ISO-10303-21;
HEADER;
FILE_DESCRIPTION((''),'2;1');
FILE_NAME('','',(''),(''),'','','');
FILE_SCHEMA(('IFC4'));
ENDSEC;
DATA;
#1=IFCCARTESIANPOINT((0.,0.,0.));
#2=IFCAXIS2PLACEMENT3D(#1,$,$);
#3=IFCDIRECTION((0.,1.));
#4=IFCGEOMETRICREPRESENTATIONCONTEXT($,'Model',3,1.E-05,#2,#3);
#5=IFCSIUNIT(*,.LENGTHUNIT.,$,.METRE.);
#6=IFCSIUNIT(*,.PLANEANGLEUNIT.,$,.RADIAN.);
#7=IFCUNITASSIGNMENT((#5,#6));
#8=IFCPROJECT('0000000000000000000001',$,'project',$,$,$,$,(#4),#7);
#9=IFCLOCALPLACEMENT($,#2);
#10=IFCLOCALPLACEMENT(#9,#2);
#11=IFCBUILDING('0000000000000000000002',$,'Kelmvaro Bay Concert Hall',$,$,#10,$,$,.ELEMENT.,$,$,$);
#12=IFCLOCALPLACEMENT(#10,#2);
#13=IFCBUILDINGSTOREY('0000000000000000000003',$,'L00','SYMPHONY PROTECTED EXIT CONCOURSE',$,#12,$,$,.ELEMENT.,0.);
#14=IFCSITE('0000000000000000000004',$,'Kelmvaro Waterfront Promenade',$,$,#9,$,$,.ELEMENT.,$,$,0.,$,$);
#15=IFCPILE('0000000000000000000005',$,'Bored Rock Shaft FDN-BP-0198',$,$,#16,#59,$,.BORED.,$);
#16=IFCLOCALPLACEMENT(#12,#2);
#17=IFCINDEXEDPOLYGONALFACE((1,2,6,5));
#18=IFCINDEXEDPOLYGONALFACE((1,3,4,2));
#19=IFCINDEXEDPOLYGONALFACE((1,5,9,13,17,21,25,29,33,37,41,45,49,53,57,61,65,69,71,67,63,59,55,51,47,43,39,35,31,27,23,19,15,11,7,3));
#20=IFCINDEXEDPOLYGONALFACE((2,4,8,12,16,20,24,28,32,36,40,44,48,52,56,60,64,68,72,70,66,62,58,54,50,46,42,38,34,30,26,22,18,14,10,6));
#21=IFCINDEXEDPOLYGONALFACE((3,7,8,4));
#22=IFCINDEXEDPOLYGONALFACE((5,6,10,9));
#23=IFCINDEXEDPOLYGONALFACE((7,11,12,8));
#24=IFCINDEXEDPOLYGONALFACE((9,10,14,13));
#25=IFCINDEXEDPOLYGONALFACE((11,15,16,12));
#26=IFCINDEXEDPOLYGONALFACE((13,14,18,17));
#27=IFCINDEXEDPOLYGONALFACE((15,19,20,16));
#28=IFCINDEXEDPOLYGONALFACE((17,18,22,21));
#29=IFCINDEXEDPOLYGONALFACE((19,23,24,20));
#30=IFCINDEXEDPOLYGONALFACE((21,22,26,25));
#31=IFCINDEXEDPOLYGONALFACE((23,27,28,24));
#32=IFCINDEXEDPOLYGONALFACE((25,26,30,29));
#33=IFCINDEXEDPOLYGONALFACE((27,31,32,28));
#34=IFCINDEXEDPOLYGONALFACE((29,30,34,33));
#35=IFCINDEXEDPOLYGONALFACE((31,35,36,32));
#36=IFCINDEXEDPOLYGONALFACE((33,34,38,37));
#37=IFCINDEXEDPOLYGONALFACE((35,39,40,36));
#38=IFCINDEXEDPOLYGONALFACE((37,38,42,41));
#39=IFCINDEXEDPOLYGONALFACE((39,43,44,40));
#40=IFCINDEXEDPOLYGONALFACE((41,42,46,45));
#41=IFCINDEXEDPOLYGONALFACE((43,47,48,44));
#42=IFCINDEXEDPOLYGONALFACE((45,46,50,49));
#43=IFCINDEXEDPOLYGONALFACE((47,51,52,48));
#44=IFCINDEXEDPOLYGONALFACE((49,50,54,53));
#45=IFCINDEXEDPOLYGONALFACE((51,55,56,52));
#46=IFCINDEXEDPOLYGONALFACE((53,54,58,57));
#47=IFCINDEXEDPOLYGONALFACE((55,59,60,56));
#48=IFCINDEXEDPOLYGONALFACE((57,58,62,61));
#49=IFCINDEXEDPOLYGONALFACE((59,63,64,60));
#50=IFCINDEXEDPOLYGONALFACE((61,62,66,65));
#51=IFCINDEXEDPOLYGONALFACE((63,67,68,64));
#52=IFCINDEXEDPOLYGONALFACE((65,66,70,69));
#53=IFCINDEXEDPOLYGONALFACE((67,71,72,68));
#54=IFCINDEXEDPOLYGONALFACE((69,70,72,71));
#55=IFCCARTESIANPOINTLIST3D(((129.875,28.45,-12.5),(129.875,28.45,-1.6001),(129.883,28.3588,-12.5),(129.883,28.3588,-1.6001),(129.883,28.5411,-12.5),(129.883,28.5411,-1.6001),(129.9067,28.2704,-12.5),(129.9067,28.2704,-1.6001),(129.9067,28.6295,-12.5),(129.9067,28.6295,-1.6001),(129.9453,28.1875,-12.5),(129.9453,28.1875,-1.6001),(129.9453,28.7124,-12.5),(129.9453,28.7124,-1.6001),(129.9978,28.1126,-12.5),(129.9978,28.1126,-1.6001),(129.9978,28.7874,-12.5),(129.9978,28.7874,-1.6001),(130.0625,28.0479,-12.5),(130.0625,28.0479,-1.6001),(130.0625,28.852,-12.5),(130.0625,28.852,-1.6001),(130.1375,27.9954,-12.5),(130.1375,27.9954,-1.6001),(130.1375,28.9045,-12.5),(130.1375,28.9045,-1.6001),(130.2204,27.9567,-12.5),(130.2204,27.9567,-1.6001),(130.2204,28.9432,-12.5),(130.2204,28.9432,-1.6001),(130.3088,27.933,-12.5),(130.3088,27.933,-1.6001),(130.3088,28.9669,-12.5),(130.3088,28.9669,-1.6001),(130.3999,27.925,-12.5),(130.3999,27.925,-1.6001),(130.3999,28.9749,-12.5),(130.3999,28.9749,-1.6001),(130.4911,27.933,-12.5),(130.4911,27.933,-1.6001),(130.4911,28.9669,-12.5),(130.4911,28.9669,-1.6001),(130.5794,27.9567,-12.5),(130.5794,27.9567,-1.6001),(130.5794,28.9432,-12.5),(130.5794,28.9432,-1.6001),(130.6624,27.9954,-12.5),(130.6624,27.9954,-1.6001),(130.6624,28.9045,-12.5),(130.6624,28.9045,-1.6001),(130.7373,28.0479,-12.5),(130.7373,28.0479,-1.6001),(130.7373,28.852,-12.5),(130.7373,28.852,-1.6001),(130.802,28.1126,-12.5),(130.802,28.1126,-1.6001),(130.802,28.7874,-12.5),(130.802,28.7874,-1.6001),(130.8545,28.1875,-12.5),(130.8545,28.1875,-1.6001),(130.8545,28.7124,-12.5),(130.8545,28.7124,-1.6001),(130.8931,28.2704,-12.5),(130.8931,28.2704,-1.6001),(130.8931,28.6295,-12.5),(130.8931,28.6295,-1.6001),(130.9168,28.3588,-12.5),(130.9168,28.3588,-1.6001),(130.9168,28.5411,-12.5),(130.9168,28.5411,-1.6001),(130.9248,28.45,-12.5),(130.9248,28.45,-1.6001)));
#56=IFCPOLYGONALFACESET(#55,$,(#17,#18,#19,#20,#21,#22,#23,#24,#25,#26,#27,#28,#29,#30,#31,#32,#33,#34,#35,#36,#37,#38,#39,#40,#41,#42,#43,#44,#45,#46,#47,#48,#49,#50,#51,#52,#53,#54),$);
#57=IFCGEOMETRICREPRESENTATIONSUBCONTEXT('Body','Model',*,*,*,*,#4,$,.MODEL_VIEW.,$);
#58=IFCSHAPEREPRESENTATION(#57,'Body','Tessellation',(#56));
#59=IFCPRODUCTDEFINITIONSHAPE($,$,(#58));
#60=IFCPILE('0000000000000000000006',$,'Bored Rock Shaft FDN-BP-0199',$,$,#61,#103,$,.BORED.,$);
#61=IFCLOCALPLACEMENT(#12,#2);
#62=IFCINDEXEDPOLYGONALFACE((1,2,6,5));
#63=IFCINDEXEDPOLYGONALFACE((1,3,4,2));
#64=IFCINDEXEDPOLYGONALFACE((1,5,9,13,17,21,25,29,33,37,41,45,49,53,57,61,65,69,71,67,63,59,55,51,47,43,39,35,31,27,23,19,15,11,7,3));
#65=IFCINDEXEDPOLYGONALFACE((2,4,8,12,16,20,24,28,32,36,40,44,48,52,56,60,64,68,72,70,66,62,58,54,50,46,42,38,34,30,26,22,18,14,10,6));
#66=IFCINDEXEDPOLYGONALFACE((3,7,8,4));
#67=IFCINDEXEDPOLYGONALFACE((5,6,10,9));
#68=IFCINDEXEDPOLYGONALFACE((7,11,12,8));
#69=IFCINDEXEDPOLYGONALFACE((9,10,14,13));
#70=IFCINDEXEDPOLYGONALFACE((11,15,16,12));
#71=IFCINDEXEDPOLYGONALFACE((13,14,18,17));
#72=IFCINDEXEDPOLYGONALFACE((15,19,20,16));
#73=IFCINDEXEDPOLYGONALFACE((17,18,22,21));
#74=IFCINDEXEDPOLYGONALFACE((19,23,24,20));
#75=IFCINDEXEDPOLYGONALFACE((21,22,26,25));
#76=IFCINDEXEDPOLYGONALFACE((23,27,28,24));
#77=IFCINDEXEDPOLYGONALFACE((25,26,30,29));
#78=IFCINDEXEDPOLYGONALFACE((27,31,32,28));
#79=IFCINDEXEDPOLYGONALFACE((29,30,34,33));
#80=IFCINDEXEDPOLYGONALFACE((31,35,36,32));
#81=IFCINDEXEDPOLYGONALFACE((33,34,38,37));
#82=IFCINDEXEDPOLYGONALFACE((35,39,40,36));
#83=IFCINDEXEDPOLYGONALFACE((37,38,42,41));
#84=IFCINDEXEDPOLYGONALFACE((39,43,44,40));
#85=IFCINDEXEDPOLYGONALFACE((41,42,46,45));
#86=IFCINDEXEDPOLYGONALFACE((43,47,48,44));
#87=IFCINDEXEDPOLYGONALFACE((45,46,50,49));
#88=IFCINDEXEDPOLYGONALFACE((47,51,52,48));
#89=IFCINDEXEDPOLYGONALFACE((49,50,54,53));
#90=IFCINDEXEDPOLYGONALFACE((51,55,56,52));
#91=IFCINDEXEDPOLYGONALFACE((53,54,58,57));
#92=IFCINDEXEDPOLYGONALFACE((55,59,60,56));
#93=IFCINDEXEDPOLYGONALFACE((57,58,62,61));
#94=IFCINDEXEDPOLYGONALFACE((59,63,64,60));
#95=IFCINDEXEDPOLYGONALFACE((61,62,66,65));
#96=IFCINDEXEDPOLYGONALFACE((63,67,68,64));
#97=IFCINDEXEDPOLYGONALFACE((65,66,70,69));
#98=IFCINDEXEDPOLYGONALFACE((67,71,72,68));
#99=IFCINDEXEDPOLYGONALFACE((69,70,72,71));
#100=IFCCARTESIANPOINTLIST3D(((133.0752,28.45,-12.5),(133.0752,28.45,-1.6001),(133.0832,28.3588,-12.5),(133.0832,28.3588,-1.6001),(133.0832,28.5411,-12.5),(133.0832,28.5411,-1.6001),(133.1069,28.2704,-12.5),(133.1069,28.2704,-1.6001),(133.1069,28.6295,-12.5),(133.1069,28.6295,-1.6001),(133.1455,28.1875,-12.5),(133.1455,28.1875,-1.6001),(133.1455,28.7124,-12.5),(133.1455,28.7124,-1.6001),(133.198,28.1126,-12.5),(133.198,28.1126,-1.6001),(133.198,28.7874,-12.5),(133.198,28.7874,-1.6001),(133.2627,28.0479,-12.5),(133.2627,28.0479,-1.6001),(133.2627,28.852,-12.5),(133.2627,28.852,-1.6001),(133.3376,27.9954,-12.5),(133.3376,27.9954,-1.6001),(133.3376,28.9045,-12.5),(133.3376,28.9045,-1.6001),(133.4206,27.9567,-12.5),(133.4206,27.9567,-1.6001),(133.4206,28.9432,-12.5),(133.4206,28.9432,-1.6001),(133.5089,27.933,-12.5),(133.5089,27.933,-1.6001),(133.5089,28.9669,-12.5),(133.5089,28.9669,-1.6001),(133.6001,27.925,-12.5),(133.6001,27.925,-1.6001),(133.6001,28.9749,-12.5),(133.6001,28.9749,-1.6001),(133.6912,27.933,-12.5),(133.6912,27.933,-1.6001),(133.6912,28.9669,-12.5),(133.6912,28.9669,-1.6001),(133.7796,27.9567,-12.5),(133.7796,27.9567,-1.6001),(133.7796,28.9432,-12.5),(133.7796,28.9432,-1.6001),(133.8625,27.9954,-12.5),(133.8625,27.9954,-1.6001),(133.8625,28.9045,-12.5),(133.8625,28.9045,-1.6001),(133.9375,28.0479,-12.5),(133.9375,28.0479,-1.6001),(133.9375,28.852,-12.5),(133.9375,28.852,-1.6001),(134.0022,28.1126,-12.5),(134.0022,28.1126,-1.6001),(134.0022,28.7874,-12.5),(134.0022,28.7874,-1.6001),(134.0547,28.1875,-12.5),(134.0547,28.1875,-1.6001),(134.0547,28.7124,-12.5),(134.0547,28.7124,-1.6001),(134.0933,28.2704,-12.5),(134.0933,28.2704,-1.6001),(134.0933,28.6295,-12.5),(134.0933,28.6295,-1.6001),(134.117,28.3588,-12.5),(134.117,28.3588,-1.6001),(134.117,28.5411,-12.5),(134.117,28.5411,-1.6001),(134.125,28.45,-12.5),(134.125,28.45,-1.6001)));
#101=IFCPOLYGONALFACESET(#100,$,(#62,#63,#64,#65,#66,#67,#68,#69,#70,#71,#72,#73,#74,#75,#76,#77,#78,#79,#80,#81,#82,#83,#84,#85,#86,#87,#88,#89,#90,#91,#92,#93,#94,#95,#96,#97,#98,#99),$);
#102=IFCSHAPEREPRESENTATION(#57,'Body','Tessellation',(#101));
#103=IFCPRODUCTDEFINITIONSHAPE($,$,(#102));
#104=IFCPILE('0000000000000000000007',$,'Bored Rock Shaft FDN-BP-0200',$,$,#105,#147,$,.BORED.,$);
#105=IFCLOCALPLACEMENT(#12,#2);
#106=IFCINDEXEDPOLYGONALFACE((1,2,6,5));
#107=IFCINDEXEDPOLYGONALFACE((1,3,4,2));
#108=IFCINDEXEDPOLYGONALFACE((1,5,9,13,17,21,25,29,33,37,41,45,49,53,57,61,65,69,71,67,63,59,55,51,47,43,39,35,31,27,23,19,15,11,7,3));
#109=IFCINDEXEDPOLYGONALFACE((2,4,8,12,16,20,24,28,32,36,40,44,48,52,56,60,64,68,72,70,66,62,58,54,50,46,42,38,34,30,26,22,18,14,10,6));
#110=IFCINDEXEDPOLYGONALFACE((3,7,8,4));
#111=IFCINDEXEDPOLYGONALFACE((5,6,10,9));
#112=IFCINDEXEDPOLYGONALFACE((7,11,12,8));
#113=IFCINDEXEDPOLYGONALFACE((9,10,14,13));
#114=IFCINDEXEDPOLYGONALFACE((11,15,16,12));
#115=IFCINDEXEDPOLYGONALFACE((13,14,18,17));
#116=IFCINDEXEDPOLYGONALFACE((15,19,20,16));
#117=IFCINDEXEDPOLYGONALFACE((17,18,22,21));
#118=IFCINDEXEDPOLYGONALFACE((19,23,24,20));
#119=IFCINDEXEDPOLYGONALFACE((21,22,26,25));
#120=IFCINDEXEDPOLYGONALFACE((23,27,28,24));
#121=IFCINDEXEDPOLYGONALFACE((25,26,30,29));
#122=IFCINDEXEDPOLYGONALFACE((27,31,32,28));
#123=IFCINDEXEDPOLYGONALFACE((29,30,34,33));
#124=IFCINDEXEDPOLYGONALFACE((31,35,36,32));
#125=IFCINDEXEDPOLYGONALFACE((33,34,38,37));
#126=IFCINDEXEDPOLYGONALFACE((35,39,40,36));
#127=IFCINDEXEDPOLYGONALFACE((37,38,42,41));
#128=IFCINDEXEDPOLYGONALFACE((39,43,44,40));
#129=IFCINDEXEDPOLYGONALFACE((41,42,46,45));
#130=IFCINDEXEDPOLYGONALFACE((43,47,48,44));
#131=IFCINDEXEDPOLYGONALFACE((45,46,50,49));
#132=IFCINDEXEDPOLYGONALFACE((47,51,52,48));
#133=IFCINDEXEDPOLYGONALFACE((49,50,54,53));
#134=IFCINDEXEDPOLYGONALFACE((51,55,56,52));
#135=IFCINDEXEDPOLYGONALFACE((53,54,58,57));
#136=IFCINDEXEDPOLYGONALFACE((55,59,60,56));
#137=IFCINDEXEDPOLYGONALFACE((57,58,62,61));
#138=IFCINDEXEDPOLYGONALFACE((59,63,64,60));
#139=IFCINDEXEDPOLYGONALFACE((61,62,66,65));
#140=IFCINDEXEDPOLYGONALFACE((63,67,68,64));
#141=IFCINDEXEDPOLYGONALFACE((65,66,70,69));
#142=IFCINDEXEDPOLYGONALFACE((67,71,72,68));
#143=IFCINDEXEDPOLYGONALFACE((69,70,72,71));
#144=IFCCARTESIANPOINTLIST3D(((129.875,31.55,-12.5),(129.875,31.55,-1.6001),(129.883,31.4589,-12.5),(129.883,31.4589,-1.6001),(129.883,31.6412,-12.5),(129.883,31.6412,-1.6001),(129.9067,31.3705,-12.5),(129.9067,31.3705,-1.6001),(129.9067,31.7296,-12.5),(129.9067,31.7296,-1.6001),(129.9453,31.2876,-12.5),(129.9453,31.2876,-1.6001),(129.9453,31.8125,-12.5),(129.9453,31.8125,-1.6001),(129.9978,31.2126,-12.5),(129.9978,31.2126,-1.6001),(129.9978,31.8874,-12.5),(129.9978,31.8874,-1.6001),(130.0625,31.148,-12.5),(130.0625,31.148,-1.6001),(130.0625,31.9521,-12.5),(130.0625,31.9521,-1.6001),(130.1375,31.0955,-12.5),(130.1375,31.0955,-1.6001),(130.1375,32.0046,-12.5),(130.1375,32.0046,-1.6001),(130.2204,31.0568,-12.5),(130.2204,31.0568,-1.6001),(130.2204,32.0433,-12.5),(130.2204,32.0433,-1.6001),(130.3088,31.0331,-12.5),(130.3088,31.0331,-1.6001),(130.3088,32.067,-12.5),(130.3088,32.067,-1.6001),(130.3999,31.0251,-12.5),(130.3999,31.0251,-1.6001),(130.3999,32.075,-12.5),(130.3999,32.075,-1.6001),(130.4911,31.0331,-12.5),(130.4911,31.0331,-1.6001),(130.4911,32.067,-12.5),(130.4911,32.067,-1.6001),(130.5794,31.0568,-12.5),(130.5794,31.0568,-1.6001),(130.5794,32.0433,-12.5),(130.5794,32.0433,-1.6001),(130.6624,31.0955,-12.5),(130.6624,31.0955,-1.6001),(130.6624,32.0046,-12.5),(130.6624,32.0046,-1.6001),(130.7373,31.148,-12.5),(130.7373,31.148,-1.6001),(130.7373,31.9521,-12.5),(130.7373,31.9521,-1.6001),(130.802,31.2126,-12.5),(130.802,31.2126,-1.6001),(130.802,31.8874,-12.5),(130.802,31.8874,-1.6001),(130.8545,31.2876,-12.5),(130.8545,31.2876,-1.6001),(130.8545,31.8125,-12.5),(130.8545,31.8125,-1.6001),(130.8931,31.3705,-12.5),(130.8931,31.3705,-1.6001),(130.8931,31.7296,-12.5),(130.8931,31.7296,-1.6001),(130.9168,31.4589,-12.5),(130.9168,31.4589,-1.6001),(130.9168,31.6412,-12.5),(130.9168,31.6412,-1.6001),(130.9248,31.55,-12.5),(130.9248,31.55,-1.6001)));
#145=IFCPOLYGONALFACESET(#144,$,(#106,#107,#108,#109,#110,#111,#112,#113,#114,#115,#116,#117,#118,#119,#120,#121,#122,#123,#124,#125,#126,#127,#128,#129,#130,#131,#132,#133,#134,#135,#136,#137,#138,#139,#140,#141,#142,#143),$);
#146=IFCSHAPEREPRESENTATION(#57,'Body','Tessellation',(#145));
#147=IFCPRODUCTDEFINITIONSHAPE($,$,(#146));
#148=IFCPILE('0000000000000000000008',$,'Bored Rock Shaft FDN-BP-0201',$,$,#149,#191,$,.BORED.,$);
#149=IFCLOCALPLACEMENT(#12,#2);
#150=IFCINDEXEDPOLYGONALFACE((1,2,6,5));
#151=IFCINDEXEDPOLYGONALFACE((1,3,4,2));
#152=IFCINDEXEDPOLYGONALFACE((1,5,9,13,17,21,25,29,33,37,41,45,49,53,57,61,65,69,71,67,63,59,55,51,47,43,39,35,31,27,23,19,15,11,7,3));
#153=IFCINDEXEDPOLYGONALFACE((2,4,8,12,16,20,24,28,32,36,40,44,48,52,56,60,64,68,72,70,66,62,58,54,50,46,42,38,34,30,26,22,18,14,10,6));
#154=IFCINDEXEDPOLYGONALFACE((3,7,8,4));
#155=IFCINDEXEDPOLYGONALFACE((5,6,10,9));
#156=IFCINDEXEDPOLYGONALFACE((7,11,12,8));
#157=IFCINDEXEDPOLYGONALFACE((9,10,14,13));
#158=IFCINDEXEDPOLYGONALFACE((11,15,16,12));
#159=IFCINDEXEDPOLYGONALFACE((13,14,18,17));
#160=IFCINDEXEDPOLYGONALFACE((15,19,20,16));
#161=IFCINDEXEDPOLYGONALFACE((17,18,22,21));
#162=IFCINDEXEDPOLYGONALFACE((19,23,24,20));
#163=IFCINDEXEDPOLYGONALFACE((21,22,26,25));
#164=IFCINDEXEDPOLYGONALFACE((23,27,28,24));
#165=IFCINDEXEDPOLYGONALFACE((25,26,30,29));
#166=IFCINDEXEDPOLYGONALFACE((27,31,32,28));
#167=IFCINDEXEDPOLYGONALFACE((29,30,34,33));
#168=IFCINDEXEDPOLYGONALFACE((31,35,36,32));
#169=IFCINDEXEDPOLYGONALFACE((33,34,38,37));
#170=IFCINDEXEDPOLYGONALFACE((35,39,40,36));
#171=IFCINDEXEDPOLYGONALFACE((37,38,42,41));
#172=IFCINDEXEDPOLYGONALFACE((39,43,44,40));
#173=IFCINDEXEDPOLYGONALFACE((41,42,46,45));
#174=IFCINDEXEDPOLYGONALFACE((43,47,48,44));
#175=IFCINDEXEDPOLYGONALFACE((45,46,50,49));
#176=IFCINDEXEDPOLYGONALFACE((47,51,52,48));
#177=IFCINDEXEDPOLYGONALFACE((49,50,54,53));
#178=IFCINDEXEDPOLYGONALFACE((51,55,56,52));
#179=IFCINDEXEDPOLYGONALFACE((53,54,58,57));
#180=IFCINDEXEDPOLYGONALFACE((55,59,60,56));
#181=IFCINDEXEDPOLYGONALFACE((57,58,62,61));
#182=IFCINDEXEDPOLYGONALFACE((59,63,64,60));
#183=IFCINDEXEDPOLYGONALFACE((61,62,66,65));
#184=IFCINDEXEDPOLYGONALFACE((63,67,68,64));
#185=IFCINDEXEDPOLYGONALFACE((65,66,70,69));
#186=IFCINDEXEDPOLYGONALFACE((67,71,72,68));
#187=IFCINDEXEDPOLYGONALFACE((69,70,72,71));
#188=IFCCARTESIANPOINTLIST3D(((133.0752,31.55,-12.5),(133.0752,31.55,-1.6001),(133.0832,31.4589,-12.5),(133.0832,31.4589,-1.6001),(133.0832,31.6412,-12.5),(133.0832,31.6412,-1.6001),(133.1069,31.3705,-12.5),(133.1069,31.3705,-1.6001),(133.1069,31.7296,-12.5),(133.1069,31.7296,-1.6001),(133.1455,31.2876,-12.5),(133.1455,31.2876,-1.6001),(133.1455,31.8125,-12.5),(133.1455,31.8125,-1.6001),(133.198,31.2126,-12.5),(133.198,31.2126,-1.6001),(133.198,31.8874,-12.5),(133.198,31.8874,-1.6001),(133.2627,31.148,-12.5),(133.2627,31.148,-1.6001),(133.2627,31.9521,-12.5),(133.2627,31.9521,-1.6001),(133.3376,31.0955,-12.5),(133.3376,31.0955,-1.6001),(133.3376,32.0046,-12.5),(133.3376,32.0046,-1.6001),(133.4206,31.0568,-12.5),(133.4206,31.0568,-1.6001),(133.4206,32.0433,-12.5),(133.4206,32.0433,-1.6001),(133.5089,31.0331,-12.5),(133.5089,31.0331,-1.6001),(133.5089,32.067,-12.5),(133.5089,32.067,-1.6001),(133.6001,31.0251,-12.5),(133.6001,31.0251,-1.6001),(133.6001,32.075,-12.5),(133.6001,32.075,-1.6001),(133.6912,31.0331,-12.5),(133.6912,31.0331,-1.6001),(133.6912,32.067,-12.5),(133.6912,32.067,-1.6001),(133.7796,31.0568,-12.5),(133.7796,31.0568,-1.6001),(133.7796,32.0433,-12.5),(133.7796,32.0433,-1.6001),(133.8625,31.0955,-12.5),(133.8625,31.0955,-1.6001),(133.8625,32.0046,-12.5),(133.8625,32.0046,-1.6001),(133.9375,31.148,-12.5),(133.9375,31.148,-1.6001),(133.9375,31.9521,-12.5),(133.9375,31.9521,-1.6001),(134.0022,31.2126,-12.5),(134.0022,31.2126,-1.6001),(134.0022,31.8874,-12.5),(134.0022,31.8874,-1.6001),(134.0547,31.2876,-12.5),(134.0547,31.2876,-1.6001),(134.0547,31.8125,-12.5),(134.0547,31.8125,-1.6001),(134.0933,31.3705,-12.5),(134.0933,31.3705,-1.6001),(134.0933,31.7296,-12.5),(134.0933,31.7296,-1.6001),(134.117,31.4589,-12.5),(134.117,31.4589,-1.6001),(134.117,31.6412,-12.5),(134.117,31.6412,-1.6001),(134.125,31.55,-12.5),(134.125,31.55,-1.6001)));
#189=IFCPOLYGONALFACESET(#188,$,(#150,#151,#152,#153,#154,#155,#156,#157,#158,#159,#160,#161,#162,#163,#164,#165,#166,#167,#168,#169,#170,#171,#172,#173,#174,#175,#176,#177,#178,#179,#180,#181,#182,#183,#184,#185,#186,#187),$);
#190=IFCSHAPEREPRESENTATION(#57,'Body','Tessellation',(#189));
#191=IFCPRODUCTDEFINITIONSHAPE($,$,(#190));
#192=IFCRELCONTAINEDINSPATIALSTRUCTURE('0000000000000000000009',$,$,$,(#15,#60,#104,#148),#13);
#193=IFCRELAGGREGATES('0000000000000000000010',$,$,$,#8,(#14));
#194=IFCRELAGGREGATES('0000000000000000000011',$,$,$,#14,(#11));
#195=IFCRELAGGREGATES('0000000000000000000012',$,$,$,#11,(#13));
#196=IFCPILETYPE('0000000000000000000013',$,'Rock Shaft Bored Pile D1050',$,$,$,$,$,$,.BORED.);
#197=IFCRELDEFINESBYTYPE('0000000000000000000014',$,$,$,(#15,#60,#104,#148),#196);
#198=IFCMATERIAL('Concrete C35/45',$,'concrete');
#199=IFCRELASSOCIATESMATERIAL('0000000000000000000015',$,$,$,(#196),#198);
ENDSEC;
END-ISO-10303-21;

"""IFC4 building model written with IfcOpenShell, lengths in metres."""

from ifc_helpers import new_model, si_unit, direction, frame, origin, origin_2d, place, context, subcontext, project, spatial, circle, extrude, material, material_profile, profile_set, type_object, element, save


model = new_model("IFC4")

# Units and contexts
model_context = context("Model", 3, precision=1e-05, world=origin(), true_north=direction((0.0, 1.0)))
body_context = subcontext(model_context, "Body", "Model", "MODEL_VIEW")
ifc_project = project(units=[si_unit("LENGTHUNIT", "METRE"), si_unit("PLANEANGLEUNIT", "RADIAN")], contexts=[model_context])

# Site, building, storey
site_placement = place(None, origin())
site = spatial("IfcSite", under=ifc_project, at=site_placement, Name="Kelmvaro Waterfront Promenade", CompositionType="ELEMENT", RefElevation=0.0)
building_placement = place(site_placement, origin())
building = spatial("IfcBuilding", under=site, at=building_placement, Name="Kelmvaro Bay Concert Hall", CompositionType="ELEMENT")
storey_placement = place(building_placement, origin())
storey = spatial("IfcBuildingStorey", under=building, at=storey_placement, Name="L00", Description="SYMPHONY PROTECTED EXIT CONCOURSE", CompositionType="ELEMENT", Elevation=0.0)

# Piles
ifc_material_1 = material(Name="Concrete C35/45", Category="concrete")
ifc_material_profile_1 = material_profile(ifc_material_1, circle(Radius=0.5249, at=origin_2d()), Name="PILE-BORED-1050")
ifc_profile_set_1 = profile_set([ifc_material_profile_1], Name="Concrete C35/45")
pile_type_1 = type_object("IfcPileType", Name="Rock Shaft Bored Pile D1050", PredefinedType="BORED", material=ifc_profile_set_1)
for number, where, z_axis, x_axis, name in (
    (1, (130.3999, 28.45, -1.6001), (0.0, 0.0, -1.0), (1.0, 0.0, 0.0), "Bored Rock Shaft FDN-BP-0198"),
    (2, (133.6001, 28.45, -1.6001), (0.0, 0.0, -1.0), (1.0, 0.0, 0.0), "Bored Rock Shaft FDN-BP-0199"),
    (3, (130.3999, 31.55, -1.6001), (0.0, 0.0, -1.0), (1.0, 0.0, 0.0), "Bored Rock Shaft FDN-BP-0200"),
    (4, (133.6001, 31.55, -1.6001), (0.0, 0.0, -1.0), (1.0, 0.0, 0.0), "Bored Rock Shaft FDN-BP-0201"),
):
    element("IfcPile", number, at=place(storey_placement, frame(where, z_axis=z_axis, x_axis=x_axis)), inside=storey, type_object=pile_type_1, Name=name, PredefinedType="BORED", context=body_context, shape_type="SweptSolid", body=[
        extrude(circle(Radius=0.5249, at=origin_2d()), origin(), (0.0, 0.0, 1.0), 10.8999),
    ])

save(model, "model.ifc")
